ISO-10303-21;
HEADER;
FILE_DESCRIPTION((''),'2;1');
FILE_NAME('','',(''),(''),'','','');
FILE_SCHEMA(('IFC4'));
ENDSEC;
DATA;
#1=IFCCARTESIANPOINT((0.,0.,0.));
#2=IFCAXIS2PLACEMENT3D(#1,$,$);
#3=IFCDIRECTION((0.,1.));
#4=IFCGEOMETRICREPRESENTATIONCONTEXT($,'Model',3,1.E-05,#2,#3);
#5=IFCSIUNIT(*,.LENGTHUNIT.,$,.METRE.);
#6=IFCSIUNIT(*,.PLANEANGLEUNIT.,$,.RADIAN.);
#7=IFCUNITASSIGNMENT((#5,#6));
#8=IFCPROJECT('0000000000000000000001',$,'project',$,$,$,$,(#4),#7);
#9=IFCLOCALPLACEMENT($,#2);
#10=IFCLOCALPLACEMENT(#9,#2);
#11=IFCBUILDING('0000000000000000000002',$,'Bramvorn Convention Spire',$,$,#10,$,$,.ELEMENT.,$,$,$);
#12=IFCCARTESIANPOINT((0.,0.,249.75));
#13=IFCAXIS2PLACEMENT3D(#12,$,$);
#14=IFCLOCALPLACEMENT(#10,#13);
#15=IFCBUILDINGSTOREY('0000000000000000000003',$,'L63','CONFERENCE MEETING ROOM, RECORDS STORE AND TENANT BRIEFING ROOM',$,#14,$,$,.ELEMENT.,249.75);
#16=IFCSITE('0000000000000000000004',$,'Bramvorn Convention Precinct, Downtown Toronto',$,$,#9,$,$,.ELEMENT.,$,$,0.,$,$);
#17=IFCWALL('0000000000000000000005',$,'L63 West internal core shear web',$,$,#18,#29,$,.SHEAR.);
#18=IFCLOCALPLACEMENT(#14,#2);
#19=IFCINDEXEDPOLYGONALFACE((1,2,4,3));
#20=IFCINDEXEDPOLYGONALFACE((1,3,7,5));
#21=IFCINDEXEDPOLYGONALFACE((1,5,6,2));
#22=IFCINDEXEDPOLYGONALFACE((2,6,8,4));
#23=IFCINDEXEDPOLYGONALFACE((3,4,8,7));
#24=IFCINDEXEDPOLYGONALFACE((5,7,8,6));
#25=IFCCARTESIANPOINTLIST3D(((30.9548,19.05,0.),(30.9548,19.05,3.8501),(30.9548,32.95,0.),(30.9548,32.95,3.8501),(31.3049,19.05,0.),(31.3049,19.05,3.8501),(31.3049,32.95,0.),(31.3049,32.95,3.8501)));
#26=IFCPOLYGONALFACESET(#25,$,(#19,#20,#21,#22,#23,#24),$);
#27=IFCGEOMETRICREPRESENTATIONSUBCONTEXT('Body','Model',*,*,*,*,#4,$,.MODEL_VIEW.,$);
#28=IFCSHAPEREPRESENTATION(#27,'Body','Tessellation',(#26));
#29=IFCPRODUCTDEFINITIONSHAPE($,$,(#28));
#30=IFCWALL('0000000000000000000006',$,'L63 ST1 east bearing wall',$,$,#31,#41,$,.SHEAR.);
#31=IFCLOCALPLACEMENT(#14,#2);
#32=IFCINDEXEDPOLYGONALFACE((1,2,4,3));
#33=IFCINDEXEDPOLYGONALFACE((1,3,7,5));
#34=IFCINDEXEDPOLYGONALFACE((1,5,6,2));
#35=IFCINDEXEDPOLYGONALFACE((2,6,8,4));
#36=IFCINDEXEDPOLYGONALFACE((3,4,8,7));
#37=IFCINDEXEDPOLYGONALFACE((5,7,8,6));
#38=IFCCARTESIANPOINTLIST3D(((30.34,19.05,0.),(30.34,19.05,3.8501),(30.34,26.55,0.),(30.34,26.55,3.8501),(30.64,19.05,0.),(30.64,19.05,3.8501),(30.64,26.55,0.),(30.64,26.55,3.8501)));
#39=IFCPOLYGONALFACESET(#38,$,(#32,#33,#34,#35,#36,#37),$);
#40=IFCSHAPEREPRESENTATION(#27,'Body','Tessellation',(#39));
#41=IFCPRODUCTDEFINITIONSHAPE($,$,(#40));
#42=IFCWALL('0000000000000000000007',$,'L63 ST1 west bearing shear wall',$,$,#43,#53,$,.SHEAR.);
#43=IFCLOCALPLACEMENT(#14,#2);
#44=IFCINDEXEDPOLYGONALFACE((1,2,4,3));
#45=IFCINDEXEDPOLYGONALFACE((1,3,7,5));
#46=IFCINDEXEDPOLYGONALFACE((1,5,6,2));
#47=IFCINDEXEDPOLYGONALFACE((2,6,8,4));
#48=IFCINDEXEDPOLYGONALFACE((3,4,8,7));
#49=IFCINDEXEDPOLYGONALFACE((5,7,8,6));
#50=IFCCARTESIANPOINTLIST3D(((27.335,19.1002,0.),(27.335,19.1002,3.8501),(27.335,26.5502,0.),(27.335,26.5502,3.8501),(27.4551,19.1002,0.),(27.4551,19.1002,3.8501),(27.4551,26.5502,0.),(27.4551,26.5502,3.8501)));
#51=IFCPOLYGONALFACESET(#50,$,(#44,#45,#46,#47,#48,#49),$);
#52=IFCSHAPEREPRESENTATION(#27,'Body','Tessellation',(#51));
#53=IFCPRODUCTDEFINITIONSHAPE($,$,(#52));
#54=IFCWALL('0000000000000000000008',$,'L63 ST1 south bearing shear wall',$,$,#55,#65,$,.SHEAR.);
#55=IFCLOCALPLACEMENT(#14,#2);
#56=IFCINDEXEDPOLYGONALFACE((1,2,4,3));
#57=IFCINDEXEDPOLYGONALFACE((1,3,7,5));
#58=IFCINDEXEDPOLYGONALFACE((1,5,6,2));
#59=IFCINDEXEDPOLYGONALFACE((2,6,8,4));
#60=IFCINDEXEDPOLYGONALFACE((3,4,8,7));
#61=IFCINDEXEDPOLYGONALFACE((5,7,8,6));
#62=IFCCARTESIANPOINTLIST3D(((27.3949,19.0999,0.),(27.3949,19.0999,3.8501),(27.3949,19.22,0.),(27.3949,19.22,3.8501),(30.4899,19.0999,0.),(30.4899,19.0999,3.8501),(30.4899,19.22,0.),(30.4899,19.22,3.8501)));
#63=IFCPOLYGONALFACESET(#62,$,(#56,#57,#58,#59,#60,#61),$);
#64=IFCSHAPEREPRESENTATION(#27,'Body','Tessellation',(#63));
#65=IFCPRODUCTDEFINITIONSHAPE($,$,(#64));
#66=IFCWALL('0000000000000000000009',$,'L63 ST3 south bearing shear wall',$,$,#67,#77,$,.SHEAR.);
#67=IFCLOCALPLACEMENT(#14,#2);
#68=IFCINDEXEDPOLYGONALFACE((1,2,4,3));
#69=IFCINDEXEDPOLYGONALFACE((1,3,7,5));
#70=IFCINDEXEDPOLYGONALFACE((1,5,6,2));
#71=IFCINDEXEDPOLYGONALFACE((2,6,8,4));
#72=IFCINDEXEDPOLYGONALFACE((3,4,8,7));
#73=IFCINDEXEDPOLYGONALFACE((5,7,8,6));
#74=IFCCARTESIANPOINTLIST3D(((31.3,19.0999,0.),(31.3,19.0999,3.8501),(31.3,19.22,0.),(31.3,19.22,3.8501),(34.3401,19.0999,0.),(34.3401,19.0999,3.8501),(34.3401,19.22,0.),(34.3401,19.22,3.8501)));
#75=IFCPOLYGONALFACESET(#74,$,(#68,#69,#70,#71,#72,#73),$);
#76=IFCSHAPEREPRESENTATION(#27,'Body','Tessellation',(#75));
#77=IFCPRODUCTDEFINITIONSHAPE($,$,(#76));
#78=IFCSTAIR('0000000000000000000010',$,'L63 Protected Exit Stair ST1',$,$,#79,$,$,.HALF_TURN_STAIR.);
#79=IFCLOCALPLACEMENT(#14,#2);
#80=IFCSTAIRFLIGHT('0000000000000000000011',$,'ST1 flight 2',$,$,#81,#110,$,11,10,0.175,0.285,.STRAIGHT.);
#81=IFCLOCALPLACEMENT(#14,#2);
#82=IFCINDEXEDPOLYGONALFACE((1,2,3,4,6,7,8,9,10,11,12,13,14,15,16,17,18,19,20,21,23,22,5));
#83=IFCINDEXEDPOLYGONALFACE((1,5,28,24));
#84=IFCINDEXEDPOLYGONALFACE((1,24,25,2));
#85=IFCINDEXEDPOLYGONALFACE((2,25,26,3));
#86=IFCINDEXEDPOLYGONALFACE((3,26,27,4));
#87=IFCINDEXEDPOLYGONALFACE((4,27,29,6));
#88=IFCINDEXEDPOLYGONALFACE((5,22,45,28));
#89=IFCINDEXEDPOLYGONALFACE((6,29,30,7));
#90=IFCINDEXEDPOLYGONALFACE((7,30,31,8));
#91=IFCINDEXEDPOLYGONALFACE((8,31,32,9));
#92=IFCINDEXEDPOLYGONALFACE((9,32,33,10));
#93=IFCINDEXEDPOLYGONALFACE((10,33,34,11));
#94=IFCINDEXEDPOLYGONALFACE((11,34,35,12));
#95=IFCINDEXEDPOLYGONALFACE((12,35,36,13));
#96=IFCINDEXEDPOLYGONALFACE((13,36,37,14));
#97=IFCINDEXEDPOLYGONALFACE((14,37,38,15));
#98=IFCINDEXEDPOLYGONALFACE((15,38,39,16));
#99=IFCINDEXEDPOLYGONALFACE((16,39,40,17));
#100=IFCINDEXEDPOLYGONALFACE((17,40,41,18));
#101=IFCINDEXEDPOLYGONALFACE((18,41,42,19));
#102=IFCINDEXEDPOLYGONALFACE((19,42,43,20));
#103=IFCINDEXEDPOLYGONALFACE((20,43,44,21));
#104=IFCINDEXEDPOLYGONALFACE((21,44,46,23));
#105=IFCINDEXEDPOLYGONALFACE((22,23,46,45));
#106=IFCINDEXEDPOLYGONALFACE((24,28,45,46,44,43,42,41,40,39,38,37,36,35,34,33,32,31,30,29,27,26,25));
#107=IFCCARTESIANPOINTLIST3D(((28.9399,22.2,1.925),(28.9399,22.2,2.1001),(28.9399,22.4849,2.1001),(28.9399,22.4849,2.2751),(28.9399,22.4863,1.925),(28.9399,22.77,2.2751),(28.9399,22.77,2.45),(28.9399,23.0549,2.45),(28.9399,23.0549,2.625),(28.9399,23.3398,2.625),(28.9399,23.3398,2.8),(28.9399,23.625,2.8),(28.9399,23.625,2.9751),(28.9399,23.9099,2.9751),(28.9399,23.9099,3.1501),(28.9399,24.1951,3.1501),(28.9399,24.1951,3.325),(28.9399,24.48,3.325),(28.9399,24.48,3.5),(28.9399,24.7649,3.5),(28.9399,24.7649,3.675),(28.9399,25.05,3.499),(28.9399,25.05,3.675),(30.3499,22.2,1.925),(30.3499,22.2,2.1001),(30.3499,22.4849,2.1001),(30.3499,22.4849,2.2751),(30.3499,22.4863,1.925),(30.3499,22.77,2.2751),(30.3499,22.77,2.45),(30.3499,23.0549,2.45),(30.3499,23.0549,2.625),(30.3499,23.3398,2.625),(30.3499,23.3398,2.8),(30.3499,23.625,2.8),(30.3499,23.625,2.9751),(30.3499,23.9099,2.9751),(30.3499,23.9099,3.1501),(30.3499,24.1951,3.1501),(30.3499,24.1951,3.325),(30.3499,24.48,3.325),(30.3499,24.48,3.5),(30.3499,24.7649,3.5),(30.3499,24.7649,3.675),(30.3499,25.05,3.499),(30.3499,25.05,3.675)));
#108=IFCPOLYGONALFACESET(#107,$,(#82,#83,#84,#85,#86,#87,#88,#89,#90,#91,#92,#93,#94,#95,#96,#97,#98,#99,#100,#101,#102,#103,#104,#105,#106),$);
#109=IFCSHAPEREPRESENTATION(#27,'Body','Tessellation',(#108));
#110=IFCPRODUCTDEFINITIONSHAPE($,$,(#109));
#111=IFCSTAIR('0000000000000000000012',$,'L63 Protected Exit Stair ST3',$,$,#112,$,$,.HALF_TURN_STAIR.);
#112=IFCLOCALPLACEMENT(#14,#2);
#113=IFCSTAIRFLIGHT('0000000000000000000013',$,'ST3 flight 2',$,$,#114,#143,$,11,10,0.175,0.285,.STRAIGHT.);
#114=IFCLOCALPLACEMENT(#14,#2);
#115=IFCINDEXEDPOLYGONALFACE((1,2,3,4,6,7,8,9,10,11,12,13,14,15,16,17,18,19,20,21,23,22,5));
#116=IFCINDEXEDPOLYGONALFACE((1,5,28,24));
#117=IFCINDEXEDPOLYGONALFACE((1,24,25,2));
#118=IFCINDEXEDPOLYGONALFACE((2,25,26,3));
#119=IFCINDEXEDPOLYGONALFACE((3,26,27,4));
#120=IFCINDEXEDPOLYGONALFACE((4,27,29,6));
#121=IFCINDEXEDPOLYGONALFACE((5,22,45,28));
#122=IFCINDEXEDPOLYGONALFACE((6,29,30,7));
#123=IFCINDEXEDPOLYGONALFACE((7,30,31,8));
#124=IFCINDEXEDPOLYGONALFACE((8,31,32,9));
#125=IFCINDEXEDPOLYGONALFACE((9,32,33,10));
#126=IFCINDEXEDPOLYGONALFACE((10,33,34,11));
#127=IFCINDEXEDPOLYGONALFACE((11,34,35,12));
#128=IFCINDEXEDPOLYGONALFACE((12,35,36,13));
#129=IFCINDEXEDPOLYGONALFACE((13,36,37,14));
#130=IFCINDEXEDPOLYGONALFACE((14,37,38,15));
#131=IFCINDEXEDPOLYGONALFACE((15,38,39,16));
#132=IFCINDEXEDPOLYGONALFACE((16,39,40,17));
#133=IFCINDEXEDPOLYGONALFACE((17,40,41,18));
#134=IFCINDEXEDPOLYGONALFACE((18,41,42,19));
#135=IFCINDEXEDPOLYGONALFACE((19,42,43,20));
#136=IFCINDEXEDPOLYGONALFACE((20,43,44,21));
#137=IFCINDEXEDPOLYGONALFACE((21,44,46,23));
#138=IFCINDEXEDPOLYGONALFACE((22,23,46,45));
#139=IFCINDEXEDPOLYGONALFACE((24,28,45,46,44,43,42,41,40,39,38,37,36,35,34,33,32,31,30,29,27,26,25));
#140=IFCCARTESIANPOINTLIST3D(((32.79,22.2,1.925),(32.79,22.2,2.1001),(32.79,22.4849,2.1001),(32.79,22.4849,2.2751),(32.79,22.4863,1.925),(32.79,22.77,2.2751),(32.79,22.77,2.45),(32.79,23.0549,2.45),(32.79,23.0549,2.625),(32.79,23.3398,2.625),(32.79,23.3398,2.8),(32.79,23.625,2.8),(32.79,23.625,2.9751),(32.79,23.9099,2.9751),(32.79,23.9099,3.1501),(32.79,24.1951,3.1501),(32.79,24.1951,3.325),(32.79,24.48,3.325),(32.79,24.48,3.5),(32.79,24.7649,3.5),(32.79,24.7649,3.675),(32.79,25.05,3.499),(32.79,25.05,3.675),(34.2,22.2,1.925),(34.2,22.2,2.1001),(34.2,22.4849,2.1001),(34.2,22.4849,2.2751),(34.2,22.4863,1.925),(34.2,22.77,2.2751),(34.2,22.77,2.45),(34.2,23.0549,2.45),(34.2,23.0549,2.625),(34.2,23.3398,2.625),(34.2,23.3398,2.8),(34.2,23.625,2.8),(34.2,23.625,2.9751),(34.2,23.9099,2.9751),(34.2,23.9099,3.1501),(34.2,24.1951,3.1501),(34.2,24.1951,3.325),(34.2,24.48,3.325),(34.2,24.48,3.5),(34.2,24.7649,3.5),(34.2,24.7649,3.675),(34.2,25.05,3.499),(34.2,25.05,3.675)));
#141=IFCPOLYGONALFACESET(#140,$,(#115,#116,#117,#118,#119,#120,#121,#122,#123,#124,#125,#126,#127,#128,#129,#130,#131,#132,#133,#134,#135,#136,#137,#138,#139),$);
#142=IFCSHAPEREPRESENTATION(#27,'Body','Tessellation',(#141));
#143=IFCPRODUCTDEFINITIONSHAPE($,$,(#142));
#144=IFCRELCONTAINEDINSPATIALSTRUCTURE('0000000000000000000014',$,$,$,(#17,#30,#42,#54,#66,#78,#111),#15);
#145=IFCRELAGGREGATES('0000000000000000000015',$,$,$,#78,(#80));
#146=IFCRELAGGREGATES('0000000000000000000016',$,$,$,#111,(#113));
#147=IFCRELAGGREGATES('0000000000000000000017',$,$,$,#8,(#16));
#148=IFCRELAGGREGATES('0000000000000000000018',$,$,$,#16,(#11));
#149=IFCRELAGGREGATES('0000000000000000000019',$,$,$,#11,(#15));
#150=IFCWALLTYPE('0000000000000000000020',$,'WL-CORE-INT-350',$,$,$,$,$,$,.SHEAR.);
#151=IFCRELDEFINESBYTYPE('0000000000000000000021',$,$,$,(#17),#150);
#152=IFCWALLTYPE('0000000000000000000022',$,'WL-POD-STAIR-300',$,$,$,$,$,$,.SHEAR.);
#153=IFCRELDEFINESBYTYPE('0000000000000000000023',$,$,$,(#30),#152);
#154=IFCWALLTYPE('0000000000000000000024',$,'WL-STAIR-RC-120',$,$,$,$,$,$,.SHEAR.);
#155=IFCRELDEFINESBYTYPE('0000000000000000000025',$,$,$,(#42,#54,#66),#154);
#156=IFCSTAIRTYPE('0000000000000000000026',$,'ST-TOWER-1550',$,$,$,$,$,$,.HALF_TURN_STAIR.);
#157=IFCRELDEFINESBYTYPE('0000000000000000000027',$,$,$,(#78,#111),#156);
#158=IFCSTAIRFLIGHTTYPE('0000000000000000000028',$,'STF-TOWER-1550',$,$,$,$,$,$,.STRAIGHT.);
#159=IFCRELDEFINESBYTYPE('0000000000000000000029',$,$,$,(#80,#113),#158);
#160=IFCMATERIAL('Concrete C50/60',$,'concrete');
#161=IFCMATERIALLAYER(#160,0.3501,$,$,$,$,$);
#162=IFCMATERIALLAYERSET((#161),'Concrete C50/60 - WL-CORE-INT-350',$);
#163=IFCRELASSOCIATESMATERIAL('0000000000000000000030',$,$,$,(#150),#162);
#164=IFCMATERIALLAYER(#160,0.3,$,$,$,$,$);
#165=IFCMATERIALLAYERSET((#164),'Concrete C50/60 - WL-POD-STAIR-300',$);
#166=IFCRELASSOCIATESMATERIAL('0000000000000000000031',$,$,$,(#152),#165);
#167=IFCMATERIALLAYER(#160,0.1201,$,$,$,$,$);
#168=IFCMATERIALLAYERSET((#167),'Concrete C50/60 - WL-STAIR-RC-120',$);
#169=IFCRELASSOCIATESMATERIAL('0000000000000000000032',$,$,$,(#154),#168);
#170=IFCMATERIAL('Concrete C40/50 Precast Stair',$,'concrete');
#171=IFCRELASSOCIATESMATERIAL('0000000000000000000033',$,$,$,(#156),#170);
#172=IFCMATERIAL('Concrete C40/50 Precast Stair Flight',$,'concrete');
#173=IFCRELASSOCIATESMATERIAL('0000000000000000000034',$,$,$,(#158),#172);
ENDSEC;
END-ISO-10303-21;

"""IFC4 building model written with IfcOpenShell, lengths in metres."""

from ifc_helpers import new_model, si_unit, direction, frame, frame_2d, origin, place, context, subcontext, project, spatial, polyline, rectangle, outline, extrude, material, layer, layer_set, type_object, element, aggregate, save


model = new_model("IFC4")

# Units and contexts
model_context = context("Model", 3, precision=1e-05, world=origin(), true_north=direction((0.0, 1.0)))
body_context = subcontext(model_context, "Body", "Model", "MODEL_VIEW")
ifc_project = project(units=[si_unit("LENGTHUNIT", "METRE"), si_unit("PLANEANGLEUNIT", "RADIAN")], contexts=[model_context])

# Site, building, storey
site_placement = place(None, origin())
site = spatial("IfcSite", under=ifc_project, at=site_placement, Name="Bramvorn Convention Precinct, Downtown Toronto", CompositionType="ELEMENT", RefElevation=0.0)
building_placement = place(site_placement, origin())
building = spatial("IfcBuilding", under=site, at=building_placement, Name="Bramvorn Convention Spire", CompositionType="ELEMENT")
storey_placement = place(building_placement, frame((0.0, 0.0, 249.75)))
storey = spatial("IfcBuildingStorey", under=building, at=storey_placement, Name="L63", Description="CONFERENCE MEETING ROOM, RECORDS STORE AND TENANT BRIEFING ROOM", CompositionType="ELEMENT", Elevation=249.75)

# Walls
ifc_material_1 = material(Name="Concrete C50/60", Category="concrete")
ifc_layer_1 = layer(ifc_material_1, 0.3501)
ifc_layer_set_1 = layer_set([ifc_layer_1], Name="Concrete C50/60 - WL-CORE-INT-350")
wall_type_1 = type_object("IfcWallType", Name="WL-CORE-INT-350", PredefinedType="SHEAR", material=ifc_layer_set_1)
wall_1_placement = place(storey_placement, frame((31.1299, 19.05, 0.0), z_axis=(0.0, 0.0, 1.0), x_axis=(0.0, 1.0, 0.0)))
element("IfcWall", 1, at=wall_1_placement, inside=storey, type_object=wall_type_1, Name="L63 West internal core shear web", PredefinedType="SHEAR", context=body_context, shape_type="SweptSolid", body=[
    extrude(rectangle(XDim=13.8999, YDim=0.3501, at=frame_2d((6.95, 0.0))), origin(), (0.0, 0.0, 1.0), 3.8501),
])
ifc_layer_2 = layer(ifc_material_1, 0.3)
ifc_layer_set_2 = layer_set([ifc_layer_2], Name="Concrete C50/60 - WL-POD-STAIR-300")
wall_type_2 = type_object("IfcWallType", Name="WL-POD-STAIR-300", PredefinedType="SHEAR", material=ifc_layer_set_2)
wall_2_placement = place(storey_placement, frame((30.49, 19.05, 0.0), z_axis=(0.0, 0.0, 1.0), x_axis=(0.0, 1.0, 0.0)))
element("IfcWall", 2, at=wall_2_placement, inside=storey, type_object=wall_type_2, Name="L63 ST1 east bearing wall", PredefinedType="SHEAR", context=body_context, shape_type="SweptSolid", body=[
    extrude(rectangle(XDim=7.5, YDim=0.3, at=frame_2d((3.75, 0.0))), origin(), (0.0, 0.0, 1.0), 3.8501),
])
ifc_layer_3 = layer(ifc_material_1, 0.1201)
ifc_layer_set_3 = layer_set([ifc_layer_3], Name="Concrete C50/60 - WL-STAIR-RC-120")
wall_type_3 = type_object("IfcWallType", Name="WL-STAIR-RC-120", PredefinedType="SHEAR", material=ifc_layer_set_3)
wall_3_placement = place(storey_placement, frame((27.395, 19.1001, 0.0), z_axis=(0.0, 0.0, 1.0), x_axis=(0.0, 1.0, 0.0)))
element("IfcWall", 3, at=wall_3_placement, inside=storey, type_object=wall_type_3, Name="L63 ST1 west bearing shear wall", PredefinedType="SHEAR", context=body_context, shape_type="SweptSolid", body=[
    extrude(rectangle(XDim=7.45, YDim=0.1201, at=frame_2d((3.7251, 0.0))), origin(), (0.0, 0.0, 1.0), 3.8501),
])
wall_4_placement = place(storey_placement, frame((27.395, 19.1599, 0.0), z_axis=(0.0, 0.0, 1.0), x_axis=(1.0, 0.0, 0.0)))
element("IfcWall", 4, at=wall_4_placement, inside=storey, type_object=wall_type_3, Name="L63 ST1 south bearing shear wall", PredefinedType="SHEAR", context=body_context, shape_type="SweptSolid", body=[
    extrude(rectangle(XDim=3.095, YDim=0.1201, at=frame_2d((1.5474, 0.0))), origin(), (0.0, 0.0, 1.0), 3.8501),
])
wall_5_placement = place(storey_placement, frame((31.3, 19.1599, 0.0), z_axis=(0.0, 0.0, 1.0), x_axis=(1.0, 0.0, 0.0)))
element("IfcWall", 5, at=wall_5_placement, inside=storey, type_object=wall_type_3, Name="L63 ST3 south bearing shear wall", PredefinedType="SHEAR", context=body_context, shape_type="SweptSolid", body=[
    extrude(rectangle(XDim=3.04, YDim=0.1201, at=frame_2d((1.52, 0.0))), origin(), (0.0, 0.0, 1.0), 3.8501),
])

# Stairs, stair flights
ifc_material_2 = material(Name="Concrete C40/50 Precast Stair", Category="concrete")
stair_type = type_object("IfcStairType", Name="ST-TOWER-1550", PredefinedType="HALF_TURN_STAIR", material=ifc_material_2)
stair_1_placement = place(storey_placement, origin())
stair_1 = element("IfcStair", 6, at=stair_1_placement, inside=storey, type_object=stair_type, Name="L63 Protected Exit Stair ST1", PredefinedType="HALF_TURN_STAIR")
ifc_material_3 = material(Name="Concrete C40/50 Precast Stair Flight", Category="concrete")
stair_flight_type = type_object("IfcStairFlightType", Name="STF-TOWER-1550", PredefinedType="STRAIGHT", material=ifc_material_3)
stair_flight_1_placement = place(storey_placement, frame((29.645, 22.2, 1.925), z_axis=(0.0, 0.0, 1.0), x_axis=(0.0, 1.0, 0.0)))
stair_flight_1 = element("IfcStairFlight", 7, at=stair_flight_1_placement, type_object=stair_flight_type, Name="ST1 flight 2", NumberOfRisers=11, NumberOfTreads=10, PredefinedType="STRAIGHT", RiserHeight=0.175, TreadLength=0.285, context=body_context, shape_type="SweptSolid", body=[
    extrude(outline(polyline([(0.0, 0.0), (0.0, 0.175), (0.2849, 0.175), (0.2849, 0.3501), (0.5701, 0.3501), (0.5701, 0.5249), (0.855, 0.5249), (0.855, 0.7), (1.1399, 0.7), (1.1399, 0.875), (1.425, 0.875), (1.425, 1.05), (1.71, 1.05), (1.71, 1.2251), (1.9951, 1.2251), (1.9951, 1.3999), (2.28, 1.3999), (2.28, 1.575), (2.5649, 1.575), (2.5649, 1.75), (2.8501, 1.75), (2.8501, 1.925), (2.8501, 1.574), (0.2864, 0.0), (0.0, 0.0)])), frame((0.0, 0.7051, 0.0), z_axis=(0.0, -1.0, 0.0), x_axis=(1.0, 0.0, 0.0)), (0.0, 0.0, 1.0), 1.4099),
])
aggregate(stair_1, [stair_flight_1])
stair_2_placement = place(storey_placement, origin())
stair_2 = element("IfcStair", 8, at=stair_2_placement, inside=storey, type_object=stair_type, Name="L63 Protected Exit Stair ST3", PredefinedType="HALF_TURN_STAIR")
stair_flight_2_placement = place(storey_placement, frame((33.4951, 22.2, 1.925), z_axis=(0.0, 0.0, 1.0), x_axis=(0.0, 1.0, 0.0)))
stair_flight_2 = element("IfcStairFlight", 9, at=stair_flight_2_placement, type_object=stair_flight_type, Name="ST3 flight 2", NumberOfRisers=11, NumberOfTreads=10, PredefinedType="STRAIGHT", RiserHeight=0.175, TreadLength=0.285, context=body_context, shape_type="SweptSolid", body=[
    extrude(outline(polyline([(0.0, 0.0), (0.0, 0.175), (0.2849, 0.175), (0.2849, 0.3501), (0.5701, 0.3501), (0.5701, 0.5249), (0.855, 0.5249), (0.855, 0.7), (1.1399, 0.7), (1.1399, 0.875), (1.425, 0.875), (1.425, 1.05), (1.71, 1.05), (1.71, 1.2251), (1.9951, 1.2251), (1.9951, 1.3999), (2.28, 1.3999), (2.28, 1.575), (2.5649, 1.575), (2.5649, 1.75), (2.8501, 1.75), (2.8501, 1.925), (2.8501, 1.574), (0.2864, 0.0), (0.0, 0.0)])), frame((0.0, 0.7051, 0.0), z_axis=(0.0, -1.0, 0.0), x_axis=(1.0, 0.0, 0.0)), (0.0, 0.0, 1.0), 1.4099),
])
aggregate(stair_2, [stair_flight_2])

save(model, "model.ifc")
